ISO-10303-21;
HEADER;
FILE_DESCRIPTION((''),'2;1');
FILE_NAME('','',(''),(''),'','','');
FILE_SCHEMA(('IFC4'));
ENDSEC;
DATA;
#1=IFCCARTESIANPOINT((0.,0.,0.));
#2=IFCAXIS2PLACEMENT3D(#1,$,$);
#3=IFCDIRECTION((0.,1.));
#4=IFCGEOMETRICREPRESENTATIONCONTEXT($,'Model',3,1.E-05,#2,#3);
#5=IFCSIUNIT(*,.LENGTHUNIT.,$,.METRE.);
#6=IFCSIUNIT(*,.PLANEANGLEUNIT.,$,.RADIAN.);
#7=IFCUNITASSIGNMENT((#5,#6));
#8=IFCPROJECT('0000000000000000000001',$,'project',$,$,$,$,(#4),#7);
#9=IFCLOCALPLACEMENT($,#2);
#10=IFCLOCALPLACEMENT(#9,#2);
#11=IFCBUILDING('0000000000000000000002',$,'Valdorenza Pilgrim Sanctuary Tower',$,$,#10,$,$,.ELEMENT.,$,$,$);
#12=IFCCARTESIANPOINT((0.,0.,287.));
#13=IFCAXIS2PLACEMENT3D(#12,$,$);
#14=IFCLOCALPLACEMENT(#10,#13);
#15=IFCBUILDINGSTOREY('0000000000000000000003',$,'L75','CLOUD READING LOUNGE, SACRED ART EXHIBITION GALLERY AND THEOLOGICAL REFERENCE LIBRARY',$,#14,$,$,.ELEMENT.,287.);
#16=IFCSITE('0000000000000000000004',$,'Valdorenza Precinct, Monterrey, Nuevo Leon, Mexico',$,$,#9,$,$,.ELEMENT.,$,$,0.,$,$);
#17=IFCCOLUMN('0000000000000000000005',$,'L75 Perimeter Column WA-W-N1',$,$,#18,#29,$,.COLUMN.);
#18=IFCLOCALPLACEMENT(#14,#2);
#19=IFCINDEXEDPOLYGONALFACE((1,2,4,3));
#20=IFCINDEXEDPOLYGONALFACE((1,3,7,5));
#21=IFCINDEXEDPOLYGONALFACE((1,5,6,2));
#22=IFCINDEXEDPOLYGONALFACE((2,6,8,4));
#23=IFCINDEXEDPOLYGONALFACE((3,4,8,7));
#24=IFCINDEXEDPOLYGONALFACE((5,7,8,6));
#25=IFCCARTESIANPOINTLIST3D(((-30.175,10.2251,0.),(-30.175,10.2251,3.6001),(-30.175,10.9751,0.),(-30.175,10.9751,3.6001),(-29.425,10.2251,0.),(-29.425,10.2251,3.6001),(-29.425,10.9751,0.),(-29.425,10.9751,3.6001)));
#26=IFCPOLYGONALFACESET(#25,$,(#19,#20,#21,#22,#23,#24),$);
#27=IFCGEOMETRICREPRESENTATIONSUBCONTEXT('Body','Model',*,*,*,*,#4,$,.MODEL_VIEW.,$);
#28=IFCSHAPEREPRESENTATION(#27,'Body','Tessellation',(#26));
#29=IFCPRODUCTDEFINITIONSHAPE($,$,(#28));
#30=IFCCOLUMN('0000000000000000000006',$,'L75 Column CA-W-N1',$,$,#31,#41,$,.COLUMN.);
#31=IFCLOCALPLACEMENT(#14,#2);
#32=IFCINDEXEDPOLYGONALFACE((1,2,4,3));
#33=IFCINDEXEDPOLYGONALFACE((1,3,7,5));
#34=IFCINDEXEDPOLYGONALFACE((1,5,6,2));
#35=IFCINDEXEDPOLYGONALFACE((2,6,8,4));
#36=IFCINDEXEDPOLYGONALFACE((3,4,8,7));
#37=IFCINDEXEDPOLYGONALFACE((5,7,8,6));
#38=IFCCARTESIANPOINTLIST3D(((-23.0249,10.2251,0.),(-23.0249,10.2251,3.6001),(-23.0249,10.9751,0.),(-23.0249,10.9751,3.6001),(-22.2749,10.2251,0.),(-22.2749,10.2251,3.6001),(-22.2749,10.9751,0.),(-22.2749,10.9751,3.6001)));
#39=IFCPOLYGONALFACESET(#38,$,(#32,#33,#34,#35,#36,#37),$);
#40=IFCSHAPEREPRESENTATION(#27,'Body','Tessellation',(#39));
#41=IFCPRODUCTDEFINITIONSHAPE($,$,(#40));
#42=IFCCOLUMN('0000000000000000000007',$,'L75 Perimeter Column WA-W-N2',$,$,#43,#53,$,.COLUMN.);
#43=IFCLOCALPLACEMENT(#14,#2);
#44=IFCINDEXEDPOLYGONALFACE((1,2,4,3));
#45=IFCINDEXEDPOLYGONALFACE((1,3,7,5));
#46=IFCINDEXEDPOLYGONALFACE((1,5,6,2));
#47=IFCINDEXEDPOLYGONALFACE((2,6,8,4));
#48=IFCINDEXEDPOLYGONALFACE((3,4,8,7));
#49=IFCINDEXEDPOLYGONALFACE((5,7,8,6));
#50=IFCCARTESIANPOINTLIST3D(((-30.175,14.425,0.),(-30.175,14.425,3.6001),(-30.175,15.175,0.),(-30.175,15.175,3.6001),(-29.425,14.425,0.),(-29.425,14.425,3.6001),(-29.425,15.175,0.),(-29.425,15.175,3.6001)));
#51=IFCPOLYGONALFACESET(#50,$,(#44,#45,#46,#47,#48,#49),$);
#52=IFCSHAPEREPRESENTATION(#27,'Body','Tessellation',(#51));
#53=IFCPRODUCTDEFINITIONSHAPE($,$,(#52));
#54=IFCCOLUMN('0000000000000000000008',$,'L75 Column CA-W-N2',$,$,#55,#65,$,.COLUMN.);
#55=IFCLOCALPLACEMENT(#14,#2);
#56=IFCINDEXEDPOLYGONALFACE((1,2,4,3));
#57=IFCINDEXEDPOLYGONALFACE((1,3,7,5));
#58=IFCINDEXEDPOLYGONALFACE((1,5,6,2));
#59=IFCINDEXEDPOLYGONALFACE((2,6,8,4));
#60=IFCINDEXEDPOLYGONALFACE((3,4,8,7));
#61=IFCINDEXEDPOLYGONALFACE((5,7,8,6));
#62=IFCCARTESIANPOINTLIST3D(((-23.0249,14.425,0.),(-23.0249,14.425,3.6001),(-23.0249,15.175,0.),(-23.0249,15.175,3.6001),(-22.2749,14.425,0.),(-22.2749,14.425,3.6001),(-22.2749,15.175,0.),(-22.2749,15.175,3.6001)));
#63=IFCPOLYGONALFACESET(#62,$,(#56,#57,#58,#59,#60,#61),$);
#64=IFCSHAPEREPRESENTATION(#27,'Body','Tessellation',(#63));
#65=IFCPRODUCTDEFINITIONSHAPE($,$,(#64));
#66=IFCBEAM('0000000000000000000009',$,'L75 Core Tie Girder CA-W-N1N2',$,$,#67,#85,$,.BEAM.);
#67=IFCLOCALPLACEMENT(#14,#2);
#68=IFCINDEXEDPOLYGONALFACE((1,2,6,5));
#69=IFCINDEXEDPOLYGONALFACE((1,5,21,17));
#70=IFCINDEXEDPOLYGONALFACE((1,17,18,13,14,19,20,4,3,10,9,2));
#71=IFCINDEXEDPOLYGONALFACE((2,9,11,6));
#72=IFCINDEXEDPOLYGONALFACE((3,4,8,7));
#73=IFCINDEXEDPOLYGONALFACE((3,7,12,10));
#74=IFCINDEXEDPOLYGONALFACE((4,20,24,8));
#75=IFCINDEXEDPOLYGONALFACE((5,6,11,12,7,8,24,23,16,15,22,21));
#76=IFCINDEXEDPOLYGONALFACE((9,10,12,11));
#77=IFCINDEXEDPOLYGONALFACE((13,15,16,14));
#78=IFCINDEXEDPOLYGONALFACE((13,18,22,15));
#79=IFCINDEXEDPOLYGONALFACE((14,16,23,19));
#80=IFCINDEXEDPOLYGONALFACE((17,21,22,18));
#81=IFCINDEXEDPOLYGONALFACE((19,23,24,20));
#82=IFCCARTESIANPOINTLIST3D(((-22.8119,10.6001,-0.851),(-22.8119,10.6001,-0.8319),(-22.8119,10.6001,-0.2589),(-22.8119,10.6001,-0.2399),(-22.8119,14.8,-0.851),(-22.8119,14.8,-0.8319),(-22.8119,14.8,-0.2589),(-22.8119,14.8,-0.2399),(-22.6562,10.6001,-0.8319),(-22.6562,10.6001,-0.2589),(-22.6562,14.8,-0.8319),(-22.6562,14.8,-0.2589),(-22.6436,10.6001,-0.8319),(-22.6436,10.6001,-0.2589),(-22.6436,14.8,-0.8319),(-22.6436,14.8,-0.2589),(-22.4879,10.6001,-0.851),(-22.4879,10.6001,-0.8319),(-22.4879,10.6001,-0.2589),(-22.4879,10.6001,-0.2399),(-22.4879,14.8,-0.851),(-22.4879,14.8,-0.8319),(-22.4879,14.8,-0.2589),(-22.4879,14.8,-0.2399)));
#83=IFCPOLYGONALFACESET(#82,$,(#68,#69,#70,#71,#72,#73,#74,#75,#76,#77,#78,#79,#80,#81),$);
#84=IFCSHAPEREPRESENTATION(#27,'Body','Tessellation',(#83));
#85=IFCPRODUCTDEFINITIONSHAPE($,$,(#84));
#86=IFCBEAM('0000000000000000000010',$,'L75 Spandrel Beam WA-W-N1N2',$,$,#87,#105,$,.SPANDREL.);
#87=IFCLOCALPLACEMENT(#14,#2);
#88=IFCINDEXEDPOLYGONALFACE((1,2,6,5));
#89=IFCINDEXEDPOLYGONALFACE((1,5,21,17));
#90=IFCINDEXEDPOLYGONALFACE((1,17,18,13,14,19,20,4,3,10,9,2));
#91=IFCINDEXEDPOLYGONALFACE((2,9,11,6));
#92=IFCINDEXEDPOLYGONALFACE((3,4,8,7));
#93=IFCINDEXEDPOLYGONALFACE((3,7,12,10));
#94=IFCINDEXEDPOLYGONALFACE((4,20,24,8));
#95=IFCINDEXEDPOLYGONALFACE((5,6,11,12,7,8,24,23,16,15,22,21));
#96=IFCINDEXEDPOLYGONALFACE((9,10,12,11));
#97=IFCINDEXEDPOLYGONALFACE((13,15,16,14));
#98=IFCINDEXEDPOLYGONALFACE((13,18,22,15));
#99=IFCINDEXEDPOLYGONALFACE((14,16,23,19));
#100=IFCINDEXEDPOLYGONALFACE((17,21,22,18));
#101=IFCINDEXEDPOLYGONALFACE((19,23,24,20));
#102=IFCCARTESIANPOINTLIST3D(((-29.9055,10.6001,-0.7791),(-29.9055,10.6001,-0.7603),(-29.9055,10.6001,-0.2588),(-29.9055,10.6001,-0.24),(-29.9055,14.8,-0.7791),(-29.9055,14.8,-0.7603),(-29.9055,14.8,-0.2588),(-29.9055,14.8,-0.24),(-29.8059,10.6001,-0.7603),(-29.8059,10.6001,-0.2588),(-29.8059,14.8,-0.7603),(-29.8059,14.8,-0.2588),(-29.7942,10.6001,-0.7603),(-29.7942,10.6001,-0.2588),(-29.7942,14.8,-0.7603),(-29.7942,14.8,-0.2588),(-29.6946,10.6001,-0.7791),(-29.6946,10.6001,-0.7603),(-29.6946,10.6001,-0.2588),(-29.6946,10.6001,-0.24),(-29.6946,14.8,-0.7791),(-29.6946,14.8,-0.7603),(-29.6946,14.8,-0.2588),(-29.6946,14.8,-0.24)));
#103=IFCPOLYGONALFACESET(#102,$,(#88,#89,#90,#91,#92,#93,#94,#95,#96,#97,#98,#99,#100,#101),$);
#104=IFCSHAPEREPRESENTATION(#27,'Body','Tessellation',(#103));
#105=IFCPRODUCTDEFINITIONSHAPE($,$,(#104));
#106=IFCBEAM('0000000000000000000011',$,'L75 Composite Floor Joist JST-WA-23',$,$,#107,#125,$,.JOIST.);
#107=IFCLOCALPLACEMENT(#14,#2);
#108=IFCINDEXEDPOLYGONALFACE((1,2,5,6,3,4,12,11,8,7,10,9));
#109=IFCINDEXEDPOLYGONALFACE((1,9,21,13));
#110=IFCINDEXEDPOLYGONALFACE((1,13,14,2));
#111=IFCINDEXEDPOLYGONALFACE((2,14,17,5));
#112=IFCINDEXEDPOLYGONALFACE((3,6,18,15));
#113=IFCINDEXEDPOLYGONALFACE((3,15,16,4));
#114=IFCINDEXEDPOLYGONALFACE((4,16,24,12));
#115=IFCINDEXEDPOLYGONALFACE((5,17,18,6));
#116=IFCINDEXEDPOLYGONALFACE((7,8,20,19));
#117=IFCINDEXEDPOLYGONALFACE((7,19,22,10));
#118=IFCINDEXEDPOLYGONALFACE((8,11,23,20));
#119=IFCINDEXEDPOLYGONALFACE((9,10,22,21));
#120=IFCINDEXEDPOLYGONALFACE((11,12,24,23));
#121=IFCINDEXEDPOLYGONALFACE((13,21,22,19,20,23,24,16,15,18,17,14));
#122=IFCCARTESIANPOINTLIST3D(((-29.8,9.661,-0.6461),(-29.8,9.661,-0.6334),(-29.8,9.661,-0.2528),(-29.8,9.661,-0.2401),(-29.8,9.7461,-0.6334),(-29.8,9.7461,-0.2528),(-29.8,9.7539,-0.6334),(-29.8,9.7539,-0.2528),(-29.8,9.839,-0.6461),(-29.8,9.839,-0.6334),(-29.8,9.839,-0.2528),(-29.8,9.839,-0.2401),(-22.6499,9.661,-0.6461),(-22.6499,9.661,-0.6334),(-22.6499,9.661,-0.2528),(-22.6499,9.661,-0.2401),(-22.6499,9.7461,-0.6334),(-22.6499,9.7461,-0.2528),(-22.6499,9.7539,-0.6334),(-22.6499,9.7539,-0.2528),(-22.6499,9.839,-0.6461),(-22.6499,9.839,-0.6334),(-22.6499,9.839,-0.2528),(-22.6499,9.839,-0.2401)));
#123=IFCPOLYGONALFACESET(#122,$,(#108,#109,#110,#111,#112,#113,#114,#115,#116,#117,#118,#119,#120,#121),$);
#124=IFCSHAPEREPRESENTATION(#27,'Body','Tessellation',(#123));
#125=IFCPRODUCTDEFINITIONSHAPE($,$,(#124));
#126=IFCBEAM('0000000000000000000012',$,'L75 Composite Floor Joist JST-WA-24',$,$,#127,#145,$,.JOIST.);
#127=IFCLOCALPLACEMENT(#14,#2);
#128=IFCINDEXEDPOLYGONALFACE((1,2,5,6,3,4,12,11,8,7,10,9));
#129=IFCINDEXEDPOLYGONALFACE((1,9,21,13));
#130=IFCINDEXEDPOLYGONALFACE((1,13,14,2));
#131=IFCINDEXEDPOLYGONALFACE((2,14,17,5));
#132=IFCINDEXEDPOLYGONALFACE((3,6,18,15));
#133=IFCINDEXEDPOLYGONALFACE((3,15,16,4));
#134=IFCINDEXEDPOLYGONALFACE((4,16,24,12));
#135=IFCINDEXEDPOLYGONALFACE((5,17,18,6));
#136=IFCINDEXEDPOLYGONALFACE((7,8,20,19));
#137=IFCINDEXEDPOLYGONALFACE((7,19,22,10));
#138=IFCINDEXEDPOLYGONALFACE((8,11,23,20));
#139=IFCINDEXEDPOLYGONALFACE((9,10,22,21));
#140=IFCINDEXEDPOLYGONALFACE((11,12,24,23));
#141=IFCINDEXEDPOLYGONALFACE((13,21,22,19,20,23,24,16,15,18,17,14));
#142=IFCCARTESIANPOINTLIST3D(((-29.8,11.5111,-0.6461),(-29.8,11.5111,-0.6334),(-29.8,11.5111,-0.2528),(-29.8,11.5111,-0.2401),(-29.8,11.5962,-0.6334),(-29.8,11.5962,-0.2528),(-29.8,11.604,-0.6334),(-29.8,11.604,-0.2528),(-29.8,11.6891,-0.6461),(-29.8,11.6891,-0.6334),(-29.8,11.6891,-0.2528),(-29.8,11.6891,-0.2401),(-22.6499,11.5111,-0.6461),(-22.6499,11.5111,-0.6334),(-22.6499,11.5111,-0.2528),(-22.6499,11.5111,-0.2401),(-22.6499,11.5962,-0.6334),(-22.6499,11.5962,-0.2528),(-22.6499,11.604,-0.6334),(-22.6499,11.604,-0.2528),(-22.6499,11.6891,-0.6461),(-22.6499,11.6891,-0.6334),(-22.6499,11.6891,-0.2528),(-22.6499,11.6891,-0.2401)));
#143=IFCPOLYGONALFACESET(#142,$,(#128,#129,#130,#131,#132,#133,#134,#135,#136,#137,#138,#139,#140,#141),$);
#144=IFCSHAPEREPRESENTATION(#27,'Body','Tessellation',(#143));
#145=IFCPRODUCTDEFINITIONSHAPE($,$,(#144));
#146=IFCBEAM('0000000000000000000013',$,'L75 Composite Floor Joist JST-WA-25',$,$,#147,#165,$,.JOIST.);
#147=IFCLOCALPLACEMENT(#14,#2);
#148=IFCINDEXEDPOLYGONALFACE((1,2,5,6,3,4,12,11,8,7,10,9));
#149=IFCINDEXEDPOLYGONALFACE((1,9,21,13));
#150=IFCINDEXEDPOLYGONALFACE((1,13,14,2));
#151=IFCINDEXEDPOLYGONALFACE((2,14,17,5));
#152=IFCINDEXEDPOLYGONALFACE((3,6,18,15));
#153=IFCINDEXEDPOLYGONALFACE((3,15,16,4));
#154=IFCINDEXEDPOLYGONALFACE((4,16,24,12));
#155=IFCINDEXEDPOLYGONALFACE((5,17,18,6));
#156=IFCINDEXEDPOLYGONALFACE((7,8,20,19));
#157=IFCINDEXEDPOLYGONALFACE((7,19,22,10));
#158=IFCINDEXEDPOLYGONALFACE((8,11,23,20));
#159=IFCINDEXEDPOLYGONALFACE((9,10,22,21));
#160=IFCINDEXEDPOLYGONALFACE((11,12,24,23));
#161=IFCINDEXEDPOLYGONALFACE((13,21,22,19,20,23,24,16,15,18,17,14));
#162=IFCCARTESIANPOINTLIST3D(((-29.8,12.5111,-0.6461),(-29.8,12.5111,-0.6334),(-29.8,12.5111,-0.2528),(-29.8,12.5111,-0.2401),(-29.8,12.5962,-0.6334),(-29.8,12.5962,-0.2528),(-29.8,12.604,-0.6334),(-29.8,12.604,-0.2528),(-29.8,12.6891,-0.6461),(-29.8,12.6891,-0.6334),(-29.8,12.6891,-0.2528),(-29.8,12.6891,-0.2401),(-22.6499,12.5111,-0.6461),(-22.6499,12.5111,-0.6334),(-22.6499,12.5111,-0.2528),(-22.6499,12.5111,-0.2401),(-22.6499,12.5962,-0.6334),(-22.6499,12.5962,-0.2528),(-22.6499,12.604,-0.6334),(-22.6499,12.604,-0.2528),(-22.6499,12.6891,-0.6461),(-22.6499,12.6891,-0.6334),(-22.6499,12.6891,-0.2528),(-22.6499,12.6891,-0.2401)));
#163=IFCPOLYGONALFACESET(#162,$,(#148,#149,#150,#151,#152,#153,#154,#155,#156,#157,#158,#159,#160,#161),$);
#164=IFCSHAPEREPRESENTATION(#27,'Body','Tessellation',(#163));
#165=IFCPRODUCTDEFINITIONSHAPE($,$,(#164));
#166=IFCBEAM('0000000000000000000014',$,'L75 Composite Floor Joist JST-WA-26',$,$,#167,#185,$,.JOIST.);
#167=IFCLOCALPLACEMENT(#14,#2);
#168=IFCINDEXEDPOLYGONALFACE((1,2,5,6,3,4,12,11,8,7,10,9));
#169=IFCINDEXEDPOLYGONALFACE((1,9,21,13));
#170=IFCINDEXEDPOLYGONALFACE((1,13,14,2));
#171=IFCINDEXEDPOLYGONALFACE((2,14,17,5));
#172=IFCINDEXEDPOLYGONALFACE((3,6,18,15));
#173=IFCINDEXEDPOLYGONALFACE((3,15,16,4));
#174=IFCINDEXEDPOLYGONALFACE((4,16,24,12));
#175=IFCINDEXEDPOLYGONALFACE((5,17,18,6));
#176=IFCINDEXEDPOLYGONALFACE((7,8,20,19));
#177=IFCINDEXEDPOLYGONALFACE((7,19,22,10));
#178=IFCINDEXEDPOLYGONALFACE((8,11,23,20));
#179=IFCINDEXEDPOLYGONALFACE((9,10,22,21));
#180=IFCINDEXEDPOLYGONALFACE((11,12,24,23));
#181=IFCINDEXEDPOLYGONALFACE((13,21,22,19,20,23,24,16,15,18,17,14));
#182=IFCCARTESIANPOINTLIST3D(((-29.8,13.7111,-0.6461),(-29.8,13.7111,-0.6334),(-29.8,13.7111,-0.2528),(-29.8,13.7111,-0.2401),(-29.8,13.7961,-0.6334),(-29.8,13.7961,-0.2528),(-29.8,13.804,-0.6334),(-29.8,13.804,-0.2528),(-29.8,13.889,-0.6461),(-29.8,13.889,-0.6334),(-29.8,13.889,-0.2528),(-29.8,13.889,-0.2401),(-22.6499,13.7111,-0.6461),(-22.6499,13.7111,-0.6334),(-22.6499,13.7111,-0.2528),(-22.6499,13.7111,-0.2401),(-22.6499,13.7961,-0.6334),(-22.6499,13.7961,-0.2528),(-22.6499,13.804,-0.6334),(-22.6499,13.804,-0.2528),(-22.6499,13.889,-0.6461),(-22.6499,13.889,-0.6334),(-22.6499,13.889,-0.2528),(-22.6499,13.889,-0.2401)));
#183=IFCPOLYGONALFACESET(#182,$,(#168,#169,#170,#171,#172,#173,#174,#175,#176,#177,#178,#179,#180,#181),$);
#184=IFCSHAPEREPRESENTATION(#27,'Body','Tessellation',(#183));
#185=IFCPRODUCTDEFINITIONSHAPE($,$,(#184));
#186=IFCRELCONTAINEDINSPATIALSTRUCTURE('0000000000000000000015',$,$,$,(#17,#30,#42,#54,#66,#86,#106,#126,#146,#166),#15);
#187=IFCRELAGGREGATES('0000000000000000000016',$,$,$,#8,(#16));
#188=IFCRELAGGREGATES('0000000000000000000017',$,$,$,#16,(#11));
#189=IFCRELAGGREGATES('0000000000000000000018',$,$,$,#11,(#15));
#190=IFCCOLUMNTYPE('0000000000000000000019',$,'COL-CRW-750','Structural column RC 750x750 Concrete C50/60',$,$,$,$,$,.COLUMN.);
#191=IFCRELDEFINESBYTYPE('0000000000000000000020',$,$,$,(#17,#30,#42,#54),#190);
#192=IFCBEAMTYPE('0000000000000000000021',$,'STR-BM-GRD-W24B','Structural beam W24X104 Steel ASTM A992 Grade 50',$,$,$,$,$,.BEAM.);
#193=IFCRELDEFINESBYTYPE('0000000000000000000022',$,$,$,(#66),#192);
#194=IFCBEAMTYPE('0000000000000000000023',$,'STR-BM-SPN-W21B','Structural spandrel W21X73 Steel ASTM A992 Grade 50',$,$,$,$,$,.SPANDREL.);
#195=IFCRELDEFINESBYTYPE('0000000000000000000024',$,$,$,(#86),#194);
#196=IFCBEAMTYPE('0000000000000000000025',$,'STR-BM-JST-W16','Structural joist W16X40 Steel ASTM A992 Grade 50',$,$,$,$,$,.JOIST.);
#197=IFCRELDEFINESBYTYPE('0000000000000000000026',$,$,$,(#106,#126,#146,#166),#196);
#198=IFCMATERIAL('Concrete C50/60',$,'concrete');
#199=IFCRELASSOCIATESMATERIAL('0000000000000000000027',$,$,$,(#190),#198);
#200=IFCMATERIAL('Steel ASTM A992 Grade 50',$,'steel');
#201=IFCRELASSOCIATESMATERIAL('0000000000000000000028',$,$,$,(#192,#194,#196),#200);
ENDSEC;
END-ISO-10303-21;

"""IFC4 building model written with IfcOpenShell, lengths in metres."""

from ifc_helpers import new_model, si_unit, direction, frame, origin, origin_2d, place, context, subcontext, project, spatial, rectangle, i_section, extrude, source, transform, mapped, material, material_profile, profile_set, type_object, element, save


model = new_model("IFC4")

# Units and contexts
model_context = context("Model", 3, precision=1e-05, world=origin(), true_north=direction((0.0, 1.0)))
body_context = subcontext(model_context, "Body", "Model", "MODEL_VIEW")
ifc_project = project(units=[si_unit("LENGTHUNIT", "METRE"), si_unit("PLANEANGLEUNIT", "RADIAN")], contexts=[model_context])

# Site, building, storey
site_placement = place(None, origin())
site = spatial("IfcSite", under=ifc_project, at=site_placement, Name="Valdorenza Precinct, Monterrey, Nuevo Leon, Mexico", CompositionType="ELEMENT", RefElevation=0.0)
building_placement = place(site_placement, origin())
building = spatial("IfcBuilding", under=site, at=building_placement, Name="Valdorenza Pilgrim Sanctuary Tower", CompositionType="ELEMENT")
storey_placement = place(building_placement, frame((0.0, 0.0, 287.0)))
storey = spatial("IfcBuildingStorey", under=building, at=storey_placement, Name="L75", Description="CLOUD READING LOUNGE, SACRED ART EXHIBITION GALLERY AND THEOLOGICAL REFERENCE LIBRARY", CompositionType="ELEMENT", Elevation=287.0)

# Columns
ifc_material_1 = material(Name="Concrete C50/60", Category="concrete")
ifc_material_profile_1 = material_profile(ifc_material_1, rectangle(XDim=0.75, YDim=0.75, at=origin_2d()), Name="RC 750x750")
ifc_profile_set_1 = profile_set([ifc_material_profile_1], Name="Concrete C50/60")
column_type = type_object("IfcColumnType", Name="COL-CRW-750", Description="Structural column RC 750x750 Concrete C50/60", PredefinedType="COLUMN", material=ifc_profile_set_1)
shared_shape_1 = source(origin(), body_context, "Body", "SweptSolid", [
    extrude(rectangle(XDim=0.75, YDim=0.75, at=origin_2d()), origin(), (0.0, 0.0, 1.0), 3.6001),
])
for number, where, z_axis, x_axis, name in (
    (1, (-29.8, 10.6001, 0.0), (0.0, 0.0, 1.0), (1.0, 0.0, 0.0), "L75 Perimeter Column WA-W-N1"),
    (2, (-22.6499, 10.6001, 0.0), (0.0, 0.0, 1.0), (1.0, 0.0, 0.0), "L75 Column CA-W-N1"),
    (3, (-29.8, 14.8, 0.0), (0.0, 0.0, 1.0), (1.0, 0.0, 0.0), "L75 Perimeter Column WA-W-N2"),
    (4, (-22.6499, 14.8, 0.0), (0.0, 0.0, 1.0), (1.0, 0.0, 0.0), "L75 Column CA-W-N2"),
):
    element("IfcColumn", number, at=place(storey_placement, frame(where, z_axis=z_axis, x_axis=x_axis)), inside=storey, type_object=column_type, Name=name, PredefinedType="COLUMN", context=body_context, shape_type="MappedRepresentation", body=[
        mapped(shared_shape_1, transform((0.0, 0.0, 0.0), x_axis=(1.0, 0.0, 0.0), y_axis=(0.0, 1.0, 0.0), z_axis=(0.0, 0.0, 1.0), scale=1.0)),
    ])

# Beams
ifc_material_2 = material(Name="Steel ASTM A992 Grade 50", Category="steel")
ifc_material_profile_2 = material_profile(ifc_material_2, i_section(OverallWidth=0.324, OverallDepth=0.6111, WebThickness=0.0127, FlangeThickness=0.019, at=origin_2d()), Name="W24X104")
ifc_profile_set_2 = profile_set([ifc_material_profile_2], Name="Steel ASTM A992 Grade 50")
beam_type_1 = type_object("IfcBeamType", Name="STR-BM-GRD-W24B", Description="Structural beam W24X104 Steel ASTM A992 Grade 50", PredefinedType="BEAM", material=ifc_profile_set_2)
shared_shape_2 = source(origin(), body_context, "Body", "SweptSolid", [
    extrude(i_section(OverallWidth=0.324, OverallDepth=0.6111, WebThickness=0.0127, FlangeThickness=0.019, at=origin_2d()), origin(), (0.0, 0.0, 1.0), 4.2),
])
beam_1_placement = place(storey_placement, frame((-22.6499, 10.6001, -0.5454), z_axis=(0.0, 1.0, 0.0), x_axis=(-1.0, 0.0, 0.0)))
element("IfcBeam", 5, at=beam_1_placement, inside=storey, type_object=beam_type_1, Name="L75 Core Tie Girder CA-W-N1N2", PredefinedType="BEAM", context=body_context, shape_type="MappedRepresentation", body=[
    mapped(shared_shape_2, transform((0.0, 0.0, 0.0), x_axis=(1.0, 0.0, 0.0), y_axis=(0.0, 1.0, 0.0), z_axis=(0.0, 0.0, 1.0), scale=1.0)),
])
ifc_material_profile_3 = material_profile(ifc_material_2, i_section(OverallWidth=0.2109, OverallDepth=0.5391, WebThickness=0.0117, FlangeThickness=0.0188, at=origin_2d()), Name="W21X73")
ifc_profile_set_3 = profile_set([ifc_material_profile_3], Name="Steel ASTM A992 Grade 50")
beam_type_2 = type_object("IfcBeamType", Name="STR-BM-SPN-W21B", Description="Structural spandrel W21X73 Steel ASTM A992 Grade 50", PredefinedType="SPANDREL", material=ifc_profile_set_3)
shared_shape_3 = source(origin(), body_context, "Body", "SweptSolid", [
    extrude(i_section(OverallWidth=0.2109, OverallDepth=0.5391, WebThickness=0.0117, FlangeThickness=0.0188, at=origin_2d()), origin(), (0.0, 0.0, 1.0), 4.2),
])
beam_2_placement = place(storey_placement, frame((-29.8, 10.6001, -0.5095), z_axis=(0.0, 1.0, 0.0), x_axis=(-1.0, 0.0, 0.0)))
element("IfcBeam", 6, at=beam_2_placement, inside=storey, type_object=beam_type_2, Name="L75 Spandrel Beam WA-W-N1N2", PredefinedType="SPANDREL", context=body_context, shape_type="MappedRepresentation", body=[
    mapped(shared_shape_3, transform((0.0, 0.0, 0.0), x_axis=(1.0, 0.0, 0.0), y_axis=(0.0, 1.0, 0.0), z_axis=(0.0, 0.0, 1.0), scale=1.0)),
])
ifc_material_profile_4 = material_profile(ifc_material_2, i_section(OverallWidth=0.178, OverallDepth=0.406, WebThickness=0.0078, FlangeThickness=0.0127, at=origin_2d()), Name="W16X40")
ifc_profile_set_4 = profile_set([ifc_material_profile_4], Name="Steel ASTM A992 Grade 50")
beam_type_3 = type_object("IfcBeamType", Name="STR-BM-JST-W16", Description="Structural joist W16X40 Steel ASTM A992 Grade 50", PredefinedType="JOIST", material=ifc_profile_set_4)
shared_shape_4 = source(origin(), body_context, "Body", "SweptSolid", [
    extrude(i_section(OverallWidth=0.178, OverallDepth=0.406, WebThickness=0.0078, FlangeThickness=0.0127, at=origin_2d()), origin(), (0.0, 0.0, 1.0), 7.1501),
])
for number, where, z_axis, x_axis, name in (
    (7, (-29.8, 9.75, -0.4431), (1.0, 0.0, 0.0), (0.0, 1.0, 0.0), "L75 Composite Floor Joist JST-WA-23"),
    (8, (-29.8, 11.6001, -0.4431), (1.0, 0.0, 0.0), (0.0, 1.0, 0.0), "L75 Composite Floor Joist JST-WA-24"),
    (9, (-29.8, 12.6001, -0.4431), (1.0, 0.0, 0.0), (0.0, 1.0, 0.0), "L75 Composite Floor Joist JST-WA-25"),
    (10, (-29.8, 13.8, -0.4431), (1.0, 0.0, 0.0), (0.0, 1.0, 0.0), "L75 Composite Floor Joist JST-WA-26"),
):
    element("IfcBeam", number, at=place(storey_placement, frame(where, z_axis=z_axis, x_axis=x_axis)), inside=storey, type_object=beam_type_3, Name=name, PredefinedType="JOIST", context=body_context, shape_type="MappedRepresentation", body=[
        mapped(shared_shape_4, transform((0.0, 0.0, 0.0), x_axis=(1.0, 0.0, 0.0), y_axis=(0.0, 1.0, 0.0), z_axis=(0.0, 0.0, 1.0), scale=1.0)),
    ])

save(model, "model.ifc")
